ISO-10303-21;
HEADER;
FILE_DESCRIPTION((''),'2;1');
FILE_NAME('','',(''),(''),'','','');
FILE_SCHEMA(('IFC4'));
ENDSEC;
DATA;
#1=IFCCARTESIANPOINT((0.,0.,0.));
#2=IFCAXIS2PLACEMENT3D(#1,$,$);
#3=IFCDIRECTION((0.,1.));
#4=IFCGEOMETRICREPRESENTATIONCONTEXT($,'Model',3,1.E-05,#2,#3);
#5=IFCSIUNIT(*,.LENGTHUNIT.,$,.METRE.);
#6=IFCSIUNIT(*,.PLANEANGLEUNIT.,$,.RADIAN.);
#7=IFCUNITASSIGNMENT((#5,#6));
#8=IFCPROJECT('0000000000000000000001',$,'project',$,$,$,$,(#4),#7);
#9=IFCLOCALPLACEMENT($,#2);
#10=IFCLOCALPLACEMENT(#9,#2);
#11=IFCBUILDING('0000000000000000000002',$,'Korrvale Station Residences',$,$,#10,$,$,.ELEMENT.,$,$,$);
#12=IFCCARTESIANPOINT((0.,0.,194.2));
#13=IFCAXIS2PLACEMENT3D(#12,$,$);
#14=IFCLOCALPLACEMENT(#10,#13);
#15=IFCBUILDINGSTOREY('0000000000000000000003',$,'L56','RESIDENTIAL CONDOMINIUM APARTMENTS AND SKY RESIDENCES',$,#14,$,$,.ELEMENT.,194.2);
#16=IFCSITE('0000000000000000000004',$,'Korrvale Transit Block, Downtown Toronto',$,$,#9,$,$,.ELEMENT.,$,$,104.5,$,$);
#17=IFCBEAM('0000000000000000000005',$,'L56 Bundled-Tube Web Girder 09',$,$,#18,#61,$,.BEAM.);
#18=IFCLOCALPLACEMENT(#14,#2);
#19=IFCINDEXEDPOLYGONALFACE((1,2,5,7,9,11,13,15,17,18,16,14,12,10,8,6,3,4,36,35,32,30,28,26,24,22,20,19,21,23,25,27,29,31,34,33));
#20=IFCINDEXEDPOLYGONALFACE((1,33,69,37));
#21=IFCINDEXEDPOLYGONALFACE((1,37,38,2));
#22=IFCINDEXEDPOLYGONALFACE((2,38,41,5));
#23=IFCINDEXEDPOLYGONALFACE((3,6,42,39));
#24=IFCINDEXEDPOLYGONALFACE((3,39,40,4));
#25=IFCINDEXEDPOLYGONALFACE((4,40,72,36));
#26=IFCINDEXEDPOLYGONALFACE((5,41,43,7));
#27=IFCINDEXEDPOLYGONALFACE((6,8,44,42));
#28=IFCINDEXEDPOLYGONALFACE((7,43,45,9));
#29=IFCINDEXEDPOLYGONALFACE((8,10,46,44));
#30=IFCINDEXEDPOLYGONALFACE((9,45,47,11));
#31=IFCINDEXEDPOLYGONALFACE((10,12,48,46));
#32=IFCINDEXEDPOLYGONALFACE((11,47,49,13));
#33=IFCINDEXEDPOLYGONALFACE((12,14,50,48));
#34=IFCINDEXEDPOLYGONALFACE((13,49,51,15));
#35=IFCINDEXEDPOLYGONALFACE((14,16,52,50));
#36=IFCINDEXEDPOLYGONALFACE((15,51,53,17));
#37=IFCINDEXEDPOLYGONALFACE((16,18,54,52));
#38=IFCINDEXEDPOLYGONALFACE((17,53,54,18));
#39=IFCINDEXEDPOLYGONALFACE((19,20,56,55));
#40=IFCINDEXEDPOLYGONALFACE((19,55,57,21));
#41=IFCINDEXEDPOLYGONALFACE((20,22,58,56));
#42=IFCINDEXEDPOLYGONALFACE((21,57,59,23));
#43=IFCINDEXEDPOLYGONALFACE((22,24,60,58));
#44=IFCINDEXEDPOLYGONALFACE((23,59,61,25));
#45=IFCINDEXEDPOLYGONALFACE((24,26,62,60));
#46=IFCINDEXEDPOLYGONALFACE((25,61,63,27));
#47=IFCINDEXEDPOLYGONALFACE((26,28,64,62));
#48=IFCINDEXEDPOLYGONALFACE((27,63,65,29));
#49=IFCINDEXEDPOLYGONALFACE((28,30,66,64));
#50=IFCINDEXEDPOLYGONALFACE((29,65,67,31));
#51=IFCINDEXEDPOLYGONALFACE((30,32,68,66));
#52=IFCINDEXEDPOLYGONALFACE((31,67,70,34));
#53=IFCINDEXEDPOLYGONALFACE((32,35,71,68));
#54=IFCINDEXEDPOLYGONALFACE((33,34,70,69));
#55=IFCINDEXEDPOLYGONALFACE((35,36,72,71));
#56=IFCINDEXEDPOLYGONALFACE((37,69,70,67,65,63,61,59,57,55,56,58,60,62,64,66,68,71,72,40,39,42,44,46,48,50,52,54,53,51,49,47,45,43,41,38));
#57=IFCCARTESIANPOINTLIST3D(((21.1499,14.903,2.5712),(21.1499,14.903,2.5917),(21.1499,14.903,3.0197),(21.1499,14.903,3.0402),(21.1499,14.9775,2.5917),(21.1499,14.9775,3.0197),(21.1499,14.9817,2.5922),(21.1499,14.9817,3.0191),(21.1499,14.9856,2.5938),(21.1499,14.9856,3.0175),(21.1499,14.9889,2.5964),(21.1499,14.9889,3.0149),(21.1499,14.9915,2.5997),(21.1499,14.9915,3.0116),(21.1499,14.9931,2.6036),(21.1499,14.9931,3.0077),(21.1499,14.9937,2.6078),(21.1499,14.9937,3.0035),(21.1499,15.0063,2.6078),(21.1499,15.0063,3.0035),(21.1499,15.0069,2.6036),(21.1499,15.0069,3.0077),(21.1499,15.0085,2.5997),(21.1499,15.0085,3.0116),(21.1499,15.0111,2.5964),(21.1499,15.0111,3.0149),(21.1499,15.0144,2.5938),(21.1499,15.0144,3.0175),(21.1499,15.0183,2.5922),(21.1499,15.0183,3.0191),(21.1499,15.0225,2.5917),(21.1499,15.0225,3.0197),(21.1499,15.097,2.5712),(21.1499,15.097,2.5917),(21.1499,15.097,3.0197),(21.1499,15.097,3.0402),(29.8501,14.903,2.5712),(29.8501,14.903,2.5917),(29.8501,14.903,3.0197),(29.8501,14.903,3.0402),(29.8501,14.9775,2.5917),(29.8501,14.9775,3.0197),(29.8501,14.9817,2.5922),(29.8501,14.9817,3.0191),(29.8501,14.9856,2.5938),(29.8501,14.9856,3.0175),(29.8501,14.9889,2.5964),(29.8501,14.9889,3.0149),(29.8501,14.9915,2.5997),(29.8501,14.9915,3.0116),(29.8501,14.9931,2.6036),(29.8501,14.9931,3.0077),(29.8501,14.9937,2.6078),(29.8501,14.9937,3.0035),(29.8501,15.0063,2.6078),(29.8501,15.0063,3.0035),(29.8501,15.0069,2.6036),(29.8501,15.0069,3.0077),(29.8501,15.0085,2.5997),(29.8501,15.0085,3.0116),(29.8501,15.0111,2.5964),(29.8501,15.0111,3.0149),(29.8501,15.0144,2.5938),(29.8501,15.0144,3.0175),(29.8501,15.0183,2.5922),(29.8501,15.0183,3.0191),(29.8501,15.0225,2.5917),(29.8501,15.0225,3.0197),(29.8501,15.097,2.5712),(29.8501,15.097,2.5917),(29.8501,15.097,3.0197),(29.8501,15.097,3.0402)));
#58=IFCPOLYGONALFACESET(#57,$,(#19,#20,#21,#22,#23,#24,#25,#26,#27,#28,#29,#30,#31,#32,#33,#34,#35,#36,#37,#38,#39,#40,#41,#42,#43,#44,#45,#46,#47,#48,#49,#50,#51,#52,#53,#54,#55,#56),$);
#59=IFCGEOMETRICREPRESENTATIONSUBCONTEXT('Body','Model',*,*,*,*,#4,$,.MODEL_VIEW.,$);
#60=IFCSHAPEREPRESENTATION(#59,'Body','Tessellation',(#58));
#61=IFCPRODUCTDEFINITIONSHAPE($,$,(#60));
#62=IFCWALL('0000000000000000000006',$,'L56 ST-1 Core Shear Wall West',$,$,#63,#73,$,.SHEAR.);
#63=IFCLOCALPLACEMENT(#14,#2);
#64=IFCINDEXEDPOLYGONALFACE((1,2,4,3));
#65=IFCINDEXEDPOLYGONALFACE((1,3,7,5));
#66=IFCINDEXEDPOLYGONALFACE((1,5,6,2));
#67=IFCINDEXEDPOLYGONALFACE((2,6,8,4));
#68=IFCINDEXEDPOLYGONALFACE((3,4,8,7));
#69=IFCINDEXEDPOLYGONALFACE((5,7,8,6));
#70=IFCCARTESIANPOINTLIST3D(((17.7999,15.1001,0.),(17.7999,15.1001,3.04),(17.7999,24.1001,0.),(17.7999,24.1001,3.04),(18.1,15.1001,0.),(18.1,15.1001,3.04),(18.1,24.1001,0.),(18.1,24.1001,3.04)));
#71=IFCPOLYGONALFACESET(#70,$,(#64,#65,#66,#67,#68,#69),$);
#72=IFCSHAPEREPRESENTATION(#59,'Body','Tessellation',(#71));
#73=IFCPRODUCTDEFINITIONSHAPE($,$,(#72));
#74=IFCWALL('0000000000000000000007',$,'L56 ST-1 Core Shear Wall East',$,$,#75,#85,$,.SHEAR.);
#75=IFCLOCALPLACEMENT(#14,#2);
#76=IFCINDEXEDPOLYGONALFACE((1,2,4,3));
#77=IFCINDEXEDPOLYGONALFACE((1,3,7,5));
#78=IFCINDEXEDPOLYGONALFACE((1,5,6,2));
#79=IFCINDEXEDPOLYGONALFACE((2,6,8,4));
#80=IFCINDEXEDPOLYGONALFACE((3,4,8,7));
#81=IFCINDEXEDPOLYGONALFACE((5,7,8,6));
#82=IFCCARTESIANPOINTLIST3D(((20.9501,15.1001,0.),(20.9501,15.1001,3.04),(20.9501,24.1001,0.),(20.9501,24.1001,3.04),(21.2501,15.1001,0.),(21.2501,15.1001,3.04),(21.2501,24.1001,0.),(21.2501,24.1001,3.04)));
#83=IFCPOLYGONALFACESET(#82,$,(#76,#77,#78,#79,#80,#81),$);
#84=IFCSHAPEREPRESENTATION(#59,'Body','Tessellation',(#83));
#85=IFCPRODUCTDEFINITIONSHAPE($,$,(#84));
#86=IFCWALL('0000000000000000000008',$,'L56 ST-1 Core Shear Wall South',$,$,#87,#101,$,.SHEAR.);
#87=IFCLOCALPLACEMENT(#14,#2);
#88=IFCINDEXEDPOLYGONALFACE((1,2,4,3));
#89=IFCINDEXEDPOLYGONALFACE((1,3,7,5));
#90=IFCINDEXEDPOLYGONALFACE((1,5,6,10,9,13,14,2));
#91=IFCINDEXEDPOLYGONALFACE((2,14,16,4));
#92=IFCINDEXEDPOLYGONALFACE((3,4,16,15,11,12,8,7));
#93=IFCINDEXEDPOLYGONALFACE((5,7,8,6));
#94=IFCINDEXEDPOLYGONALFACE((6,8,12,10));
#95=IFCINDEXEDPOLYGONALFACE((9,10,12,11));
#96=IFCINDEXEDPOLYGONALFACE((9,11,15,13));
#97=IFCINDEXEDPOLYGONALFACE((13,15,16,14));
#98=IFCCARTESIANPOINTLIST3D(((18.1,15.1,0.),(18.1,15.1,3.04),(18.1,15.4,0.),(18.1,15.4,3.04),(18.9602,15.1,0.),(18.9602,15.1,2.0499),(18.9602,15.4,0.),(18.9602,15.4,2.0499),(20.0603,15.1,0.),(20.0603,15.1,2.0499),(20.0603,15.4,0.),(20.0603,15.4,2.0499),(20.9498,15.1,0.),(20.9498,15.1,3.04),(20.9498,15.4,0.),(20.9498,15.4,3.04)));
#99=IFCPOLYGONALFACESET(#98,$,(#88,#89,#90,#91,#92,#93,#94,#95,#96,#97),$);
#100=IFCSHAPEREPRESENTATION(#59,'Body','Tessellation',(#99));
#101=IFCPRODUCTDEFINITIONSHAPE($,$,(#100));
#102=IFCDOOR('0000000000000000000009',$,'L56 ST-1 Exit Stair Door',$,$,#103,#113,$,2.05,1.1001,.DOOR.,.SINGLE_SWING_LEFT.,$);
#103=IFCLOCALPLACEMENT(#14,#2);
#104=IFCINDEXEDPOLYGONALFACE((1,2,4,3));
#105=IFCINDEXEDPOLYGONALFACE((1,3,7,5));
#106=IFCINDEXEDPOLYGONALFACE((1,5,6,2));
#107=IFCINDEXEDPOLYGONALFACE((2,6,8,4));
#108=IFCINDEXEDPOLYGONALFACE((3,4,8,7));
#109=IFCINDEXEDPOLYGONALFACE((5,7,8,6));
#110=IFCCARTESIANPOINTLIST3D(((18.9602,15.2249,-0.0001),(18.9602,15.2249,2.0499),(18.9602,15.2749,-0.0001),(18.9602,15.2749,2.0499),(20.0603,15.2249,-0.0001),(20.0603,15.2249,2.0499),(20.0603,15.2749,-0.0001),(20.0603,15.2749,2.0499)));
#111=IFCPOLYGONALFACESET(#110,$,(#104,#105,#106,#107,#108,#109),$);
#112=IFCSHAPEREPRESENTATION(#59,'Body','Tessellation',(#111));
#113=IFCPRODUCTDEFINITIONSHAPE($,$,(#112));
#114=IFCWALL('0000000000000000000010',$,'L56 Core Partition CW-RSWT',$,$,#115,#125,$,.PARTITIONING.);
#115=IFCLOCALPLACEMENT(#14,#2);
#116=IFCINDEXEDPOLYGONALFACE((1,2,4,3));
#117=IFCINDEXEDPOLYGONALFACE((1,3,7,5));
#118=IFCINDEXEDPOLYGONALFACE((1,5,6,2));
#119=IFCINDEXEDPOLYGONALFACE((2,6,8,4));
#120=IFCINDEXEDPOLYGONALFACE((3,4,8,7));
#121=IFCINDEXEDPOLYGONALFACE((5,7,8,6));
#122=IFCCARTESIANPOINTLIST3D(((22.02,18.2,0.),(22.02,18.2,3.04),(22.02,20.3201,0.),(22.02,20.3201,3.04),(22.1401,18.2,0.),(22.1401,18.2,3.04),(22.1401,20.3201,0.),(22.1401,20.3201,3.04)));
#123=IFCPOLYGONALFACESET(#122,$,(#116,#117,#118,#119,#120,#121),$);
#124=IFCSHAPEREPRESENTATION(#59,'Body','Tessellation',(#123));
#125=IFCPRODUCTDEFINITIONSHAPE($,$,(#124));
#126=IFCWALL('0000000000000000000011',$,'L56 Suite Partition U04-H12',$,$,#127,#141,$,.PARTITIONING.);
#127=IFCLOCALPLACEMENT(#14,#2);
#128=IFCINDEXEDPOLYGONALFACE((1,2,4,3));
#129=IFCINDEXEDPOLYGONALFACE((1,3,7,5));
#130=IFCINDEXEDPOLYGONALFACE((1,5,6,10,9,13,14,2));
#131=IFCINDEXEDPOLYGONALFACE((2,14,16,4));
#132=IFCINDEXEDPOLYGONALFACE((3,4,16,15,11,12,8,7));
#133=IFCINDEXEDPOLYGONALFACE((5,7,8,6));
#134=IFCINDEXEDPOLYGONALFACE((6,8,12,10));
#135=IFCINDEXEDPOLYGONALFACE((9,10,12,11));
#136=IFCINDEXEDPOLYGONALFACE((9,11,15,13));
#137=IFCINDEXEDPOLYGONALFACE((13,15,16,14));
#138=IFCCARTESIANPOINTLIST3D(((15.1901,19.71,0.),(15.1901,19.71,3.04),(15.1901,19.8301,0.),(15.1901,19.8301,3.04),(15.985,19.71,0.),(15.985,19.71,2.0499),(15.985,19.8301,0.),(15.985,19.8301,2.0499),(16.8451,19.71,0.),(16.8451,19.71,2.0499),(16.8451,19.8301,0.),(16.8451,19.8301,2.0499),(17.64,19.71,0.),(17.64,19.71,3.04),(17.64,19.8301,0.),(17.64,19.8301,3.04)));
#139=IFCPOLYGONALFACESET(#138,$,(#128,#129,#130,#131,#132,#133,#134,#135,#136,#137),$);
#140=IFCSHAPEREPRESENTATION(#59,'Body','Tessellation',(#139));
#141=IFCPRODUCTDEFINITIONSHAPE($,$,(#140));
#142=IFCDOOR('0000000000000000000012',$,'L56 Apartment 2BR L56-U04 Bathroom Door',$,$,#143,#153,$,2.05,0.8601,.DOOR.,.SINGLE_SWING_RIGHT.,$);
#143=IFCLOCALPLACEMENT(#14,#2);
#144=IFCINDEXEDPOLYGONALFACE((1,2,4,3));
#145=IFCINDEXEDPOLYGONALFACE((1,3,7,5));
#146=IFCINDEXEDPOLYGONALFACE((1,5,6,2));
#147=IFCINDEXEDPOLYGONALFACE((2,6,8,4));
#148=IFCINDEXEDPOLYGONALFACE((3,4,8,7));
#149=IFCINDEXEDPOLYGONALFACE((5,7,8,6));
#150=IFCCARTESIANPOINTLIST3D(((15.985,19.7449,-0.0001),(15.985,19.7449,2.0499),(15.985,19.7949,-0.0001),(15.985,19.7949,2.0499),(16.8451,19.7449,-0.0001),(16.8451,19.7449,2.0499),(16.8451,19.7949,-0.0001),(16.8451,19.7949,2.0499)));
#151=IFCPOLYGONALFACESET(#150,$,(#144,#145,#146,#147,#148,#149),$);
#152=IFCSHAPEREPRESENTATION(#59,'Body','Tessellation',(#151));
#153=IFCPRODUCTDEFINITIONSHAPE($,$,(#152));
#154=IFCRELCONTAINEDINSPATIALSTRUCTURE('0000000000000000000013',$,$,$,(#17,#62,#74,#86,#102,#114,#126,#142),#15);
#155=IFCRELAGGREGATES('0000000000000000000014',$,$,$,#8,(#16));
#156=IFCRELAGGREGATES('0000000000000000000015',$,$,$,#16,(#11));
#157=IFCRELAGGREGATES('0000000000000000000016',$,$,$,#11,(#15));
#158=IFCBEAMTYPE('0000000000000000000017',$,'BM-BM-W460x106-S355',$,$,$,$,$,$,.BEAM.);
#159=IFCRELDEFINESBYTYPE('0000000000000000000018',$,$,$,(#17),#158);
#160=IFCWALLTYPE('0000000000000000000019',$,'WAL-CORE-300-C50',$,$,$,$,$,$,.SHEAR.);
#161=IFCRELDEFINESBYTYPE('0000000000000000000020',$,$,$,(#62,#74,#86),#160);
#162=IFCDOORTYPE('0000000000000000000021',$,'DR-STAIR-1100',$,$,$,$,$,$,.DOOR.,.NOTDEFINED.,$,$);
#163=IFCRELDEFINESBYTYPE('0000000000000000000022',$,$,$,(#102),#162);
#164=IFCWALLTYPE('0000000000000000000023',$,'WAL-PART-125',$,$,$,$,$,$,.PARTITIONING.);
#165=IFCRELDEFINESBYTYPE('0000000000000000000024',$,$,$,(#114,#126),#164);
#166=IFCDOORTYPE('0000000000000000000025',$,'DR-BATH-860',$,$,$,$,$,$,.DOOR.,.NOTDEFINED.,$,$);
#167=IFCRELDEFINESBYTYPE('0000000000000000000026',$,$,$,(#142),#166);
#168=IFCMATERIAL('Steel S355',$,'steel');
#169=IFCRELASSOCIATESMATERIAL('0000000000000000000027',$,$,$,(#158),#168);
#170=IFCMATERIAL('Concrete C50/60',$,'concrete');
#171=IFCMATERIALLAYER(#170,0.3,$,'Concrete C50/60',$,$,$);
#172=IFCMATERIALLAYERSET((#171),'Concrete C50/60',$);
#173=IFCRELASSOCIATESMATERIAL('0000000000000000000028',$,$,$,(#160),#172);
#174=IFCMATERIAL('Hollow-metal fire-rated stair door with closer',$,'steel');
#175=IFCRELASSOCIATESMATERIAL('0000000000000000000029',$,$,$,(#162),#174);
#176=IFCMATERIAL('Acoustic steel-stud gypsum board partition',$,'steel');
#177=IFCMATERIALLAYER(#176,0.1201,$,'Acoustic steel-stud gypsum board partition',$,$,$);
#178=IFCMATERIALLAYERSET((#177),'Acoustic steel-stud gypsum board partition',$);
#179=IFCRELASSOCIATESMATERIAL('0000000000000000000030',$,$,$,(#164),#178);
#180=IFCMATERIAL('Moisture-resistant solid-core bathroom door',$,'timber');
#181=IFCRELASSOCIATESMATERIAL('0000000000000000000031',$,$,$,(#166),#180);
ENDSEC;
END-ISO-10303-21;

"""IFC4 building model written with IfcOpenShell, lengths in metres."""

from ifc_helpers import new_model, si_unit, direction, frame, frame_2d, origin, origin_2d, place, context, subcontext, project, spatial, rectangle, i_section, extrude, material, layer, layer_set, material_profile, profile_set, type_object, element, fill, save


model = new_model("IFC4")

# Units and contexts
model_context = context("Model", 3, precision=1e-05, world=origin(), true_north=direction((0.0, 1.0)))
body_context = subcontext(model_context, "Body", "Model", "MODEL_VIEW")
ifc_project = project(units=[si_unit("LENGTHUNIT", "METRE"), si_unit("PLANEANGLEUNIT", "RADIAN")], contexts=[model_context])

# Site, building, storey
site_placement = place(None, origin())
site = spatial("IfcSite", under=ifc_project, at=site_placement, Name="Korrvale Transit Block, Downtown Toronto", CompositionType="ELEMENT", RefElevation=104.5)
building_placement = place(site_placement, origin())
building = spatial("IfcBuilding", under=site, at=building_placement, Name="Korrvale Station Residences", CompositionType="ELEMENT")
storey_placement = place(building_placement, frame((0.0, 0.0, 194.2)))
storey = spatial("IfcBuildingStorey", under=building, at=storey_placement, Name="L56", Description="RESIDENTIAL CONDOMINIUM APARTMENTS AND SKY RESIDENCES", CompositionType="ELEMENT", Elevation=194.2)

# Beam
ifc_material_1 = material(Name="Steel S355", Category="steel")
ifc_material_profile = material_profile(ifc_material_1, i_section(OverallWidth=0.1941, OverallDepth=0.469, WebThickness=0.0127, FlangeThickness=0.0205, FilletRadius=0.0161, at=origin_2d()), Name="W460x106")
ifc_profile_set = profile_set([ifc_material_profile], Name="Steel S355")
beam_type = type_object("IfcBeamType", Name="BM-BM-W460x106-S355", PredefinedType="BEAM", material=ifc_profile_set)
beam_placement = place(storey_placement, frame((21.1499, 15.0, 2.8057), z_axis=(1.0, 0.0, 0.0), x_axis=(0.0, 1.0, 0.0)))
element("IfcBeam", 1, at=beam_placement, inside=storey, type_object=beam_type, Name="L56 Bundled-Tube Web Girder 09", PredefinedType="BEAM", context=body_context, shape_type="SweptSolid", body=[
    extrude(i_section(OverallWidth=0.1941, OverallDepth=0.469, WebThickness=0.0127, FlangeThickness=0.0205, FilletRadius=0.0161, at=origin_2d()), origin(), (0.0, 0.0, 1.0), 8.7002),
])

# Walls
ifc_material_2 = material(Name="Concrete C50/60", Category="concrete")
ifc_layer_1 = layer(ifc_material_2, 0.3, Name="Concrete C50/60")
ifc_layer_set_1 = layer_set([ifc_layer_1], Name="Concrete C50/60")
wall_type_1 = type_object("IfcWallType", Name="WAL-CORE-300-C50", PredefinedType="SHEAR", material=ifc_layer_set_1)
for number, where, z_axis, x_axis, name in (
    (2, (17.95, 15.1001, 0.0), (0.0, 0.0, 1.0), (0.0, 1.0, 0.0), "L56 ST-1 Core Shear Wall West"),
    (3, (21.1001, 15.1001, 0.0), (0.0, 0.0, 1.0), (0.0, 1.0, 0.0), "L56 ST-1 Core Shear Wall East"),
):
    element("IfcWall", number, at=place(storey_placement, frame(where, z_axis=z_axis, x_axis=x_axis)), inside=storey, type_object=wall_type_1, Name=name, PredefinedType="SHEAR", context=body_context, shape_type="SweptSolid", body=[
        extrude(rectangle(XDim=9.0, YDim=0.3, at=frame_2d((4.5, 0.0))), origin(), (0.0, 0.0, 1.0), 3.04),
    ])

# Wall, opening, door
wall_1_placement = place(storey_placement, frame((18.1001, 15.25, 0.0), z_axis=(0.0, 0.0, 1.0), x_axis=(1.0, 0.0, 0.0)))
wall_1 = element("IfcWall", 4, at=wall_1_placement, inside=storey, type_object=wall_type_1, Name="L56 ST-1 Core Shear Wall South", PredefinedType="SHEAR", context=body_context, shape_type="SweptSolid", body=[
    extrude(rectangle(XDim=2.8499, YDim=0.3, at=frame_2d((1.4248, 0.0))), origin(), (0.0, 0.0, 1.0), 3.04),
])
opening_1_placement = place(wall_1_placement, frame((0.8601, 0.0, 0.0)))
opening_1 = element("IfcOpeningElement", 5, at=opening_1_placement, cuts=wall_1, PredefinedType="OPENING", context=body_context, shape_type="SweptSolid", body=[
    extrude(rectangle(XDim=1.1001, YDim=2.05, at=frame_2d((0.55, 1.0249))), frame((0.0, 0.1602, 0.0), z_axis=(0.0, -1.0, 0.0), x_axis=(1.0, 0.0, 0.0)), (0.0, 0.0, 1.0), 0.3201),
])
ifc_material_3 = material(Name="Hollow-metal fire-rated stair door with closer", Category="steel")
door_type_1 = type_object("IfcDoorType", Name="DR-STAIR-1100", OperationType="NOTDEFINED", PredefinedType="DOOR", material=ifc_material_3)
door_1_placement = place(opening_1_placement, origin())
door_1 = element("IfcDoor", 6, at=door_1_placement, inside=storey, type_object=door_type_1, Name="L56 ST-1 Exit Stair Door", OperationType="SINGLE_SWING_LEFT", OverallHeight=2.05, OverallWidth=1.1001, PredefinedType="DOOR", context=body_context, shape_type="SweptSolid", body=[
    extrude(rectangle(XDim=1.1001, YDim=2.05, at=frame_2d((0.55, 1.0249))), frame((0.0, 0.0249, 0.0), z_axis=(0.0, -1.0, 0.0), x_axis=(1.0, 0.0, 0.0)), (0.0, 0.0, 1.0), 0.05),
])
fill(opening_1, door_1)

# Wall
ifc_material_4 = material(Name="Acoustic steel-stud gypsum board partition", Category="steel")
ifc_layer_2 = layer(ifc_material_4, 0.1201, Name="Acoustic steel-stud gypsum board partition")
ifc_layer_set_2 = layer_set([ifc_layer_2], Name="Acoustic steel-stud gypsum board partition")
wall_type_2 = type_object("IfcWallType", Name="WAL-PART-125", PredefinedType="PARTITIONING", material=ifc_layer_set_2)
wall_2_placement = place(storey_placement, frame((22.0801, 18.2, 0.0), z_axis=(0.0, 0.0, 1.0), x_axis=(0.0, 1.0, 0.0)))
element("IfcWall", 7, at=wall_2_placement, inside=storey, type_object=wall_type_2, Name="L56 Core Partition CW-RSWT", PredefinedType="PARTITIONING", context=body_context, shape_type="SweptSolid", body=[
    extrude(rectangle(XDim=2.1201, YDim=0.1201, at=frame_2d((1.0601, 0.0))), origin(), (0.0, 0.0, 1.0), 3.04),
])

# Wall, opening, door
wall_3_placement = place(storey_placement, frame((15.1899, 19.77, 0.0), z_axis=(0.0, 0.0, 1.0), x_axis=(1.0, 0.0, 0.0)))
wall_3 = element("IfcWall", 8, at=wall_3_placement, inside=storey, type_object=wall_type_2, Name="L56 Suite Partition U04-H12", PredefinedType="PARTITIONING", context=body_context, shape_type="SweptSolid", body=[
    extrude(rectangle(XDim=2.45, YDim=0.1201, at=frame_2d((1.2251, 0.0))), origin(), (0.0, 0.0, 1.0), 3.04),
])
opening_2_placement = place(wall_3_placement, frame((0.7949, 0.0, 0.0)))
opening_2 = element("IfcOpeningElement", 9, at=opening_2_placement, cuts=wall_3, PredefinedType="OPENING", context=body_context, shape_type="SweptSolid", body=[
    extrude(rectangle(XDim=0.8601, YDim=2.05, at=frame_2d((0.4302, 1.0249))), frame((0.0, 0.0701, 0.0), z_axis=(0.0, -1.0, 0.0), x_axis=(1.0, 0.0, 0.0)), (0.0, 0.0, 1.0), 0.1401),
])
ifc_material_5 = material(Name="Moisture-resistant solid-core bathroom door", Category="timber")
door_type_2 = type_object("IfcDoorType", Name="DR-BATH-860", OperationType="NOTDEFINED", PredefinedType="DOOR", material=ifc_material_5)
door_2_placement = place(opening_2_placement, origin())
door_2 = element("IfcDoor", 10, at=door_2_placement, inside=storey, type_object=door_type_2, Name="L56 Apartment 2BR L56-U04 Bathroom Door", OperationType="SINGLE_SWING_RIGHT", OverallHeight=2.05, OverallWidth=0.8601, PredefinedType="DOOR", context=body_context, shape_type="SweptSolid", body=[
    extrude(rectangle(XDim=0.8601, YDim=2.05, at=frame_2d((0.4302, 1.0249))), frame((0.0, 0.0249, 0.0), z_axis=(0.0, -1.0, 0.0), x_axis=(1.0, 0.0, 0.0)), (0.0, 0.0, 1.0), 0.05),
])
fill(opening_2, door_2)

save(model, "model.ifc")
